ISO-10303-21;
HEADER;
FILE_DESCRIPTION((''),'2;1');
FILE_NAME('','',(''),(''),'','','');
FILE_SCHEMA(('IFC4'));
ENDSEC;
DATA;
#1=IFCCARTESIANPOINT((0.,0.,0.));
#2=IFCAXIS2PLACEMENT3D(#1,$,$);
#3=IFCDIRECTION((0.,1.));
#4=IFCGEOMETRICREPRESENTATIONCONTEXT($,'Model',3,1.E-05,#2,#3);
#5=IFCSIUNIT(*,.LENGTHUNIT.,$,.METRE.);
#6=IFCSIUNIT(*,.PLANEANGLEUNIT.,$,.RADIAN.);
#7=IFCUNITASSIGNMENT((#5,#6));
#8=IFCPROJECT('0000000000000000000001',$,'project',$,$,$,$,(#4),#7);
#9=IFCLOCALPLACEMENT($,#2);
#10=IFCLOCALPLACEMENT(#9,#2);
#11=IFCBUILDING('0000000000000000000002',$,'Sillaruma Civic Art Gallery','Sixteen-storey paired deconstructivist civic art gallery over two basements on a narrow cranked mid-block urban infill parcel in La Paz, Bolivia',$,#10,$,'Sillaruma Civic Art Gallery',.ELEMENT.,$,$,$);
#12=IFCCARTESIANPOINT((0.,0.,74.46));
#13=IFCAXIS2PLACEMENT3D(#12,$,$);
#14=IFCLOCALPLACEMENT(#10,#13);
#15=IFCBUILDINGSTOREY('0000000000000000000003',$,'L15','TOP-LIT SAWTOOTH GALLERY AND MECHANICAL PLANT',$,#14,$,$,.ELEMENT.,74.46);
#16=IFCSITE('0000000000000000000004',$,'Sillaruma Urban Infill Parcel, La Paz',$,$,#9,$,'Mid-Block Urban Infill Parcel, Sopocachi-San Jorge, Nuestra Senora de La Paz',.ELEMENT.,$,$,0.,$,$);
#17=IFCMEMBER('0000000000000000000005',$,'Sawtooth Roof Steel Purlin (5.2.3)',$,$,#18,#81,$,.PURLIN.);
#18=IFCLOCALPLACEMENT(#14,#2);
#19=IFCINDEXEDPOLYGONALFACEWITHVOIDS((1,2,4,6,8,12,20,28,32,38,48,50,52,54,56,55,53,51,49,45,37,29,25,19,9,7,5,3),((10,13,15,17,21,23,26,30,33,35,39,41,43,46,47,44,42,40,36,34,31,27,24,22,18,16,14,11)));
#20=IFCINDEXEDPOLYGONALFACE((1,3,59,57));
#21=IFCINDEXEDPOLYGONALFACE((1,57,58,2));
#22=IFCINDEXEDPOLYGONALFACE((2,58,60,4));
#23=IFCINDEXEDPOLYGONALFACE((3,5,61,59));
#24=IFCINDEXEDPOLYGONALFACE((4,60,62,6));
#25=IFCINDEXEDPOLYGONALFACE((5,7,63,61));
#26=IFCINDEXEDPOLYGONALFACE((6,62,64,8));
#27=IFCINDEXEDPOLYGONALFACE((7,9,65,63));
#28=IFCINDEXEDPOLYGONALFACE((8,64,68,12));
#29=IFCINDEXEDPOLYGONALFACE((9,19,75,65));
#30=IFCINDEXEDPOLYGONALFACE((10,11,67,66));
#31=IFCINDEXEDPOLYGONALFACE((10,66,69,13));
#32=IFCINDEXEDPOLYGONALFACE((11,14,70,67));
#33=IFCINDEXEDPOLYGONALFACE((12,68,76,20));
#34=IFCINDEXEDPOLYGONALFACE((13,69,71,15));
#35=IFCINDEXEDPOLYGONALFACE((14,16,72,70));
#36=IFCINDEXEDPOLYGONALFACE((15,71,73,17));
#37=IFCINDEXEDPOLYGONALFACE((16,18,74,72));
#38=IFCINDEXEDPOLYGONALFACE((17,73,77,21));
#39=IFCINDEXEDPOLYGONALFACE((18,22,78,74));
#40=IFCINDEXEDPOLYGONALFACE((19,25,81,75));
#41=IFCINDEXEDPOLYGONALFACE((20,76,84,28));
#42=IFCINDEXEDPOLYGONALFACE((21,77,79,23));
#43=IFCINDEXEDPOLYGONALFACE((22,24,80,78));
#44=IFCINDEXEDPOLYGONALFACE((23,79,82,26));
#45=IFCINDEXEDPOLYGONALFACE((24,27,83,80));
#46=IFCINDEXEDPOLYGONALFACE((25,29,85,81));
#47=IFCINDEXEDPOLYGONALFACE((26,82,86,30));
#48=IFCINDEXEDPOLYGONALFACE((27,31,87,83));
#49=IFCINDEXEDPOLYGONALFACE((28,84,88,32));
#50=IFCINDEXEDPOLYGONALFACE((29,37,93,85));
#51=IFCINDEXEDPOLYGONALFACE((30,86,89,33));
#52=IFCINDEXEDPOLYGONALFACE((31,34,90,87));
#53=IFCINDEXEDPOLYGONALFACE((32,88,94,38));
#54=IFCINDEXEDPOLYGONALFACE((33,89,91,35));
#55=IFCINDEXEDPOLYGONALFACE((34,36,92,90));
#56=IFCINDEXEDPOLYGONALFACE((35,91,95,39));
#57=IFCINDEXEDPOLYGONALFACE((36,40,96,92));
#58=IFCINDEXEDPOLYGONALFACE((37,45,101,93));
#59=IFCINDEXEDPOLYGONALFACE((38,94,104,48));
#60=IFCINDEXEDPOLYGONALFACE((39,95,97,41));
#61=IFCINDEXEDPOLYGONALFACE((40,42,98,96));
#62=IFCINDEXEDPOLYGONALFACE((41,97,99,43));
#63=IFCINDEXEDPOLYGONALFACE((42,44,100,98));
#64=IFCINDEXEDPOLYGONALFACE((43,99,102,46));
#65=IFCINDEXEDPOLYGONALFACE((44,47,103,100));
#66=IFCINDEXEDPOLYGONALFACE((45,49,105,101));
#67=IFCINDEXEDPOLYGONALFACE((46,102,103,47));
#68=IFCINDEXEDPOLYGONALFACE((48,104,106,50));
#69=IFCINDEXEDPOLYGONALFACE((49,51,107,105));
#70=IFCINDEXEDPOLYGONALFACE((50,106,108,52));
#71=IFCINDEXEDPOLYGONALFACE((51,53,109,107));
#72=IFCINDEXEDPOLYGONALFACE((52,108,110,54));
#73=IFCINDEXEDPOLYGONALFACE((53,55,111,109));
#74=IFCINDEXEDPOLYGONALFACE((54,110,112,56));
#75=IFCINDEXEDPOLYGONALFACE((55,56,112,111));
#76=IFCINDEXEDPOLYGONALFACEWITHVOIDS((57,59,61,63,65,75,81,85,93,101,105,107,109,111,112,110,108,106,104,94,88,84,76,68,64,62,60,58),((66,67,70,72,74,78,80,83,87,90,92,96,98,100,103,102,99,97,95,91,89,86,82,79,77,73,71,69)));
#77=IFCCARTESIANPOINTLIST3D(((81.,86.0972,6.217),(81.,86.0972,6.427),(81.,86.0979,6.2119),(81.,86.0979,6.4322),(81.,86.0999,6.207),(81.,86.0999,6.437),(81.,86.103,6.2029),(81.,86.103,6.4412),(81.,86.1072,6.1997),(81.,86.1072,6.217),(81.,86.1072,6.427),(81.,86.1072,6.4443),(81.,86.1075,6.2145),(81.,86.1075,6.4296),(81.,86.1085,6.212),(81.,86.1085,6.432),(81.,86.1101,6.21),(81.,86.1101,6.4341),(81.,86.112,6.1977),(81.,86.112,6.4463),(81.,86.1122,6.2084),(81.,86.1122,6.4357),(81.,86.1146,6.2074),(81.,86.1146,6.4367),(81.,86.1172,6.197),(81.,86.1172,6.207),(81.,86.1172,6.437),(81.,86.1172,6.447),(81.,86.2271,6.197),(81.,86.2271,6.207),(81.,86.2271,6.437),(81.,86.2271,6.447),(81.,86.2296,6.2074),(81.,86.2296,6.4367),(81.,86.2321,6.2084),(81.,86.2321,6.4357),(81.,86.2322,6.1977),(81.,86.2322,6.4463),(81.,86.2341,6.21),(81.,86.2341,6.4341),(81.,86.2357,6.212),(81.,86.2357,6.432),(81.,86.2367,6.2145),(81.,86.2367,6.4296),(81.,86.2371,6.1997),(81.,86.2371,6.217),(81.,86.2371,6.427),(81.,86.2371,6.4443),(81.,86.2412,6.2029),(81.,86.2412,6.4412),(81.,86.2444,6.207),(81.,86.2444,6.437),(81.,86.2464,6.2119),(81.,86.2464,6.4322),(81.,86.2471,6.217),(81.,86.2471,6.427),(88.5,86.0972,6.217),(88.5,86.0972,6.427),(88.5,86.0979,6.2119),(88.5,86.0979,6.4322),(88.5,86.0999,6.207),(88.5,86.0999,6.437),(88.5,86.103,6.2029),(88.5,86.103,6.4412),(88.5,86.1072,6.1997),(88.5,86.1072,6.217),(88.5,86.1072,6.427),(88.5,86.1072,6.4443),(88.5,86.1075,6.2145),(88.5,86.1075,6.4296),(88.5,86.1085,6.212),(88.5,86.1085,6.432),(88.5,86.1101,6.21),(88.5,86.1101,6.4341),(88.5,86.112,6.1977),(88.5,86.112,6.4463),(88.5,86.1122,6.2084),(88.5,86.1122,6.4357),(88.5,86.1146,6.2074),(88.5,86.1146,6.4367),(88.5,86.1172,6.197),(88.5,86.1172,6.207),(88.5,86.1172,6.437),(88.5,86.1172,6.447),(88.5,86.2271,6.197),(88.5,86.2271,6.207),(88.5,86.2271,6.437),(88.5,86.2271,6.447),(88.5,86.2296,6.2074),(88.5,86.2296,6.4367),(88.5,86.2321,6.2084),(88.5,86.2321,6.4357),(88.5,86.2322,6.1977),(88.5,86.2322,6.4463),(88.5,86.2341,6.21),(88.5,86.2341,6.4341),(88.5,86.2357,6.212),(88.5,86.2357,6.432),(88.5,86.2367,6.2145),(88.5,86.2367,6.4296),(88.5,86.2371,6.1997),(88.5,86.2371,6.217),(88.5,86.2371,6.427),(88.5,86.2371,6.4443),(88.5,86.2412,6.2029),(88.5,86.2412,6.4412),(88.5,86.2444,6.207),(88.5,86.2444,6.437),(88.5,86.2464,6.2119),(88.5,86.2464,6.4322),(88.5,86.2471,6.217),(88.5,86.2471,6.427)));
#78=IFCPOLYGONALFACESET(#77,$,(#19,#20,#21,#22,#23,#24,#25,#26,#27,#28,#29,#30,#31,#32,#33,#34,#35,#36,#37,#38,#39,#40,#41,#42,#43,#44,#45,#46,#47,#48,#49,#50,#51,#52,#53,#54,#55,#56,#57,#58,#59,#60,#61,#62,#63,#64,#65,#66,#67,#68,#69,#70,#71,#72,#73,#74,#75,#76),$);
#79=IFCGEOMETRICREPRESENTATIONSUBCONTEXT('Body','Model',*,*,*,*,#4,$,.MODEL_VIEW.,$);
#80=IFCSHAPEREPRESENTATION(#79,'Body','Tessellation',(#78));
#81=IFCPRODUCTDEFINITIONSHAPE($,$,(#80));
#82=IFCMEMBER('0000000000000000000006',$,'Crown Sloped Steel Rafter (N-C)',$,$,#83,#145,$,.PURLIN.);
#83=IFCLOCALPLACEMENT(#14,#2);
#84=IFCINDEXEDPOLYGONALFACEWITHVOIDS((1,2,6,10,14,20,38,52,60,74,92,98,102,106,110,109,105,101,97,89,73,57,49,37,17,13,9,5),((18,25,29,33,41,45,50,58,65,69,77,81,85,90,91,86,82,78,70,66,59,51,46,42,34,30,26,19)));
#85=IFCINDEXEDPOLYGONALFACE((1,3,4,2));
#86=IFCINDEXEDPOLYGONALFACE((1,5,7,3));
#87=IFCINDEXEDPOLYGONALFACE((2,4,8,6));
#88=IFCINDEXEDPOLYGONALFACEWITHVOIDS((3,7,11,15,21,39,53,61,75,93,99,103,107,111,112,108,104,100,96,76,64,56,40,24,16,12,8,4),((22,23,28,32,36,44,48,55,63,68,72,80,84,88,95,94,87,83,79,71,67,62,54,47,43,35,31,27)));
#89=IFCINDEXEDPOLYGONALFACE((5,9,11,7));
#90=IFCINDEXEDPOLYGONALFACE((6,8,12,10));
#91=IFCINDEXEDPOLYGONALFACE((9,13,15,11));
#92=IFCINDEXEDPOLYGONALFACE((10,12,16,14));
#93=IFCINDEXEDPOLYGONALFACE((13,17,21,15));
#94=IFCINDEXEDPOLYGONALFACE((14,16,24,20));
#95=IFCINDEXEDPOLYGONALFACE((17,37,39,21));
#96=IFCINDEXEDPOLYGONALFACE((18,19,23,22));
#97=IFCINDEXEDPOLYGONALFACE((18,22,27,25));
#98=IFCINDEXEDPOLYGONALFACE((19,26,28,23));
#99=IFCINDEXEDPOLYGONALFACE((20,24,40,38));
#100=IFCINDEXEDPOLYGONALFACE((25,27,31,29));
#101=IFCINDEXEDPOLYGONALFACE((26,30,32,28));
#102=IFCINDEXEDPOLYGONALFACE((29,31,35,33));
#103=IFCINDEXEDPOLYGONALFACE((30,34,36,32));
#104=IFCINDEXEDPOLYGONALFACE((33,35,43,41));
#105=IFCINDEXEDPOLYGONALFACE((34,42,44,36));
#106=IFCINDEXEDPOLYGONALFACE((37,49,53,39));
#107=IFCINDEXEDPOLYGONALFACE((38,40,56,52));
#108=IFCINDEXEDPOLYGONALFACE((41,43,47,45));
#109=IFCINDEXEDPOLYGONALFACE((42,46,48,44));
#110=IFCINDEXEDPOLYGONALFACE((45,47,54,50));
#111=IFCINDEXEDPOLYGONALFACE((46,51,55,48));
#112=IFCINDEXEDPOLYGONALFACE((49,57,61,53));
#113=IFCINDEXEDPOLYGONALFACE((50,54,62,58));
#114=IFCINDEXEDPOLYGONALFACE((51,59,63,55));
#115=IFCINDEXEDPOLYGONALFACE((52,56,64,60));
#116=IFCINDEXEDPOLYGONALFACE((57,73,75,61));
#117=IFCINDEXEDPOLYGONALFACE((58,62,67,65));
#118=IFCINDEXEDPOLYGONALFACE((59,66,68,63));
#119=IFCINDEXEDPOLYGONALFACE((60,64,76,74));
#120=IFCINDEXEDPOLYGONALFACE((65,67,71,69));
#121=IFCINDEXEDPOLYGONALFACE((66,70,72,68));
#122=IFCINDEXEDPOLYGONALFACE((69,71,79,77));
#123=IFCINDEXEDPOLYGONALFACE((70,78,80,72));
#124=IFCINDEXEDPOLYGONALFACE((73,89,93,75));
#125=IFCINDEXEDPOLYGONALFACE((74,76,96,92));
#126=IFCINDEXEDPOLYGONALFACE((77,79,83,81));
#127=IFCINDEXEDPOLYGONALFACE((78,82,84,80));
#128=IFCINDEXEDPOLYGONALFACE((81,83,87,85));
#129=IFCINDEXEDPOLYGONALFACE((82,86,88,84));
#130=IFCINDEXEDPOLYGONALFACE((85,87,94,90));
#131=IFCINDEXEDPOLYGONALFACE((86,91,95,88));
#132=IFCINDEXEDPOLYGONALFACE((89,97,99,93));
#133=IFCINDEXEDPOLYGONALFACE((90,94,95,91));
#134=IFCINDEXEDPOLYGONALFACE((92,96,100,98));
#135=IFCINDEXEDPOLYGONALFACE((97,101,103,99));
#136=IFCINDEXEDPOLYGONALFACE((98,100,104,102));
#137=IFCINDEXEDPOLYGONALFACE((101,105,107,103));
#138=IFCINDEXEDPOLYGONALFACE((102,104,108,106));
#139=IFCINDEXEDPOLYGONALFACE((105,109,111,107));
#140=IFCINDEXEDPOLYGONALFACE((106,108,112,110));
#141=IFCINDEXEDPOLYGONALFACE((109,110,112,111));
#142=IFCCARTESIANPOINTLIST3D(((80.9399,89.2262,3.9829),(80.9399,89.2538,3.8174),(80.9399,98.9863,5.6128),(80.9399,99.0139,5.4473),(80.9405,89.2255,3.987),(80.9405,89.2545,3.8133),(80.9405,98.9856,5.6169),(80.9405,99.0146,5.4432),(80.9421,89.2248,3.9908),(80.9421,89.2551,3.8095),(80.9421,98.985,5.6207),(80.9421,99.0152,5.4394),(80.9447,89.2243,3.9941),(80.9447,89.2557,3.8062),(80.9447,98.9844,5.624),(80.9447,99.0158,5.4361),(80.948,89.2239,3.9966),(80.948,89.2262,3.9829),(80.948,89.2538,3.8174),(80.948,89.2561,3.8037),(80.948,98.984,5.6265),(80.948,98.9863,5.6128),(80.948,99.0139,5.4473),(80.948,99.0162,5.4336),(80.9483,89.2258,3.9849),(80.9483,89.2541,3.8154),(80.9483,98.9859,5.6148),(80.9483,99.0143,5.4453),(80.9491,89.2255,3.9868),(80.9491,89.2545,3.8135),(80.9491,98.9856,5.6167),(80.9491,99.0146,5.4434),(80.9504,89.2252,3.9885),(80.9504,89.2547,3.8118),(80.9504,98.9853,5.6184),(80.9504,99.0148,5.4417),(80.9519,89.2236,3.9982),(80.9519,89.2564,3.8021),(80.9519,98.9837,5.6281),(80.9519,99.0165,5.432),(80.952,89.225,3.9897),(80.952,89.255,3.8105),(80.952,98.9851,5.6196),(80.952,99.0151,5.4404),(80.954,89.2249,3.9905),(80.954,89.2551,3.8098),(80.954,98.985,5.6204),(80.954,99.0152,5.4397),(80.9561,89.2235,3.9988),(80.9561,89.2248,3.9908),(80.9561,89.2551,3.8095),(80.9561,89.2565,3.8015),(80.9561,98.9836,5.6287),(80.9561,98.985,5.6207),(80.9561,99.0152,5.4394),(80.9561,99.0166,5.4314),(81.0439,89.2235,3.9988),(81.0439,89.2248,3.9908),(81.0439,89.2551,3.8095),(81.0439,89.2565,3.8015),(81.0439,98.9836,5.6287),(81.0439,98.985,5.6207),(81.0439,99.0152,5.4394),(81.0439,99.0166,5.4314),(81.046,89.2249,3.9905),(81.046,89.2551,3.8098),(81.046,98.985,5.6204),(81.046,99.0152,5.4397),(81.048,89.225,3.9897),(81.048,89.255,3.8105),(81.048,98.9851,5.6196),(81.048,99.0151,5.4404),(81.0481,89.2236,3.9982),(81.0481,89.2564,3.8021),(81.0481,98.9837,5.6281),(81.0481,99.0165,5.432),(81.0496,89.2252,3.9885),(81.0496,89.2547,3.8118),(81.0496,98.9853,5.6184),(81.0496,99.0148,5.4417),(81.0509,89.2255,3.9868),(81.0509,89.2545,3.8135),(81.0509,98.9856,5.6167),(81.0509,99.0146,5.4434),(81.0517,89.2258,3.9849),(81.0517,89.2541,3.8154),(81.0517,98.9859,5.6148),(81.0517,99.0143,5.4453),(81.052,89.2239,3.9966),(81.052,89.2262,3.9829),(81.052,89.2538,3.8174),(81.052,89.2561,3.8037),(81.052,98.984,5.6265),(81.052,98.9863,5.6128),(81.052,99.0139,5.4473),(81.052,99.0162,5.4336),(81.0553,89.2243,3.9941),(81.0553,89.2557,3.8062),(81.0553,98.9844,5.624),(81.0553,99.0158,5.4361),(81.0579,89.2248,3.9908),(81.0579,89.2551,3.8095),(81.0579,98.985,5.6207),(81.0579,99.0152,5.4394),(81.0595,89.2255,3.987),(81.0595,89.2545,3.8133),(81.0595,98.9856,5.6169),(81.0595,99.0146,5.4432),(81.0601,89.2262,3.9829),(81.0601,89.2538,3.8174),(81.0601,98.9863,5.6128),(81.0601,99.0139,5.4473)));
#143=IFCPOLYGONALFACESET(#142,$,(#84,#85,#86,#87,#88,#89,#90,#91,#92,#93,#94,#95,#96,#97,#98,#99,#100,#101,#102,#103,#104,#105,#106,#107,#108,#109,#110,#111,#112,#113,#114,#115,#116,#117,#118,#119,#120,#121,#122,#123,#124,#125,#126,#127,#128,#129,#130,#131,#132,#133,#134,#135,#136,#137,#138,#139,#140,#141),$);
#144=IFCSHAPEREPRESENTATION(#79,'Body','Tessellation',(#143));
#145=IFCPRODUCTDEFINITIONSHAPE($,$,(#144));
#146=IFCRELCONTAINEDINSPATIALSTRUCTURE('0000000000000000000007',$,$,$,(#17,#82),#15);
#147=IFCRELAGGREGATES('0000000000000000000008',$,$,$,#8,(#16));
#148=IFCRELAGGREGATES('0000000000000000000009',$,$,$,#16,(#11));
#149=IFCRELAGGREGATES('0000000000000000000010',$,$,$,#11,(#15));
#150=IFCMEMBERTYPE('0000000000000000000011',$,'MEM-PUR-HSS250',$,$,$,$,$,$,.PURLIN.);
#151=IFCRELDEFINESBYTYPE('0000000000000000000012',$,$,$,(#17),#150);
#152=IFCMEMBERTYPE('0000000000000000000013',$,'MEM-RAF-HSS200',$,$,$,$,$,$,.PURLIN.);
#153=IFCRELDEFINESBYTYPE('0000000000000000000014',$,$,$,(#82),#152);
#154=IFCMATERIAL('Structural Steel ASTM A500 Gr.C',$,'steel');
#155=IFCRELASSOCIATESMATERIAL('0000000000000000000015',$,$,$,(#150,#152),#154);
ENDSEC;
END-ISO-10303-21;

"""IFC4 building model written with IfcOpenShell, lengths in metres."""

from ifc_helpers import new_model, si_unit, direction, frame, origin, origin_2d, place, context, subcontext, project, spatial, hollow_rectangle, extrude, material, material_profile, profile_set, type_object, element, save


model = new_model("IFC4")

# Units and contexts
model_context = context("Model", 3, precision=1e-05, world=origin(), true_north=direction((0.0, 1.0)))
body_context = subcontext(model_context, "Body", "Model", "MODEL_VIEW")
ifc_project = project(units=[si_unit("LENGTHUNIT", "METRE"), si_unit("PLANEANGLEUNIT", "RADIAN")], contexts=[model_context])

# Site, building, storey
site_placement = place(None, origin())
site = spatial("IfcSite", under=ifc_project, at=site_placement, Name="Sillaruma Urban Infill Parcel, La Paz", LongName="Mid-Block Urban Infill Parcel, Sopocachi-San Jorge, Nuestra Senora de La Paz", CompositionType="ELEMENT", RefElevation=0.0)
building_placement = place(site_placement, origin())
building = spatial("IfcBuilding", under=site, at=building_placement, Name="Sillaruma Civic Art Gallery", Description="Sixteen-storey paired deconstructivist civic art gallery over two basements on a narrow cranked mid-block urban infill parcel in La Paz, Bolivia", LongName="Sillaruma Civic Art Gallery", CompositionType="ELEMENT")
storey_placement = place(building_placement, frame((0.0, 0.0, 74.46)))
storey = spatial("IfcBuildingStorey", under=building, at=storey_placement, Name="L15", Description="TOP-LIT SAWTOOTH GALLERY AND MECHANICAL PLANT", CompositionType="ELEMENT", Elevation=74.46)

# Members
ifc_material_1 = material(Name="Structural Steel ASTM A500 Gr.C", Category="steel")
ifc_material_profile_1 = material_profile(ifc_material_1, hollow_rectangle(XDim=0.1499, YDim=0.25, WallThickness=0.01, InnerFilletRadius=0.01, OuterFilletRadius=0.02, at=origin_2d()), Name="HSS250x150x10")
ifc_profile_set_1 = profile_set([ifc_material_profile_1], Name="Structural Steel ASTM A500 Gr.C")
member_type_1 = type_object("IfcMemberType", Name="MEM-PUR-HSS250", PredefinedType="PURLIN", material=ifc_profile_set_1)
for number, where, z_axis, x_axis, name in (
    (1, (81.0, 86.1721, 6.322), (1.0, 0.0, 0.0), (0.0, 1.0, 0.0), "Sawtooth Roof Steel Purlin (5.2.3)"),
):
    element("IfcMember", number, at=place(storey_placement, frame(where, z_axis=z_axis, x_axis=x_axis)), inside=storey, type_object=member_type_1, Name=name, PredefinedType="PURLIN", context=body_context, shape_type="SweptSolid", body=[
        extrude(hollow_rectangle(XDim=0.1499, YDim=0.25, WallThickness=0.01, InnerFilletRadius=0.01, OuterFilletRadius=0.02, at=origin_2d()), origin(), (0.0, 0.0, 1.0), 7.5),
    ])
ifc_material_profile_2 = material_profile(ifc_material_1, hollow_rectangle(XDim=0.1201, YDim=0.2, WallThickness=0.0081, InnerFilletRadius=0.0081, OuterFilletRadius=0.0161, at=origin_2d()), Name="HSS200x120x8")
ifc_profile_set_2 = profile_set([ifc_material_profile_2], Name="Structural Steel ASTM A500 Gr.C")
member_type_2 = type_object("IfcMemberType", Name="MEM-RAF-HSS200", PredefinedType="PURLIN", material=ifc_profile_set_2)
member_1_placement = place(storey_placement, frame((81.0, 89.24, 3.9001), z_axis=(0.0, 0.986341, 0.164715), x_axis=(-1.0, 0.0, 0.0)))
element("IfcMember", 2, at=member_1_placement, inside=storey, type_object=member_type_2, Name="Crown Sloped Steel Rafter (N-C)", PredefinedType="PURLIN", context=body_context, shape_type="SweptSolid", body=[
    extrude(hollow_rectangle(XDim=0.1201, YDim=0.2, WallThickness=0.0081, InnerFilletRadius=0.0081, OuterFilletRadius=0.0161, at=origin_2d()), origin(), (0.0, 0.0, 1.0), 9.8953),
])

save(model, "model.ifc")
